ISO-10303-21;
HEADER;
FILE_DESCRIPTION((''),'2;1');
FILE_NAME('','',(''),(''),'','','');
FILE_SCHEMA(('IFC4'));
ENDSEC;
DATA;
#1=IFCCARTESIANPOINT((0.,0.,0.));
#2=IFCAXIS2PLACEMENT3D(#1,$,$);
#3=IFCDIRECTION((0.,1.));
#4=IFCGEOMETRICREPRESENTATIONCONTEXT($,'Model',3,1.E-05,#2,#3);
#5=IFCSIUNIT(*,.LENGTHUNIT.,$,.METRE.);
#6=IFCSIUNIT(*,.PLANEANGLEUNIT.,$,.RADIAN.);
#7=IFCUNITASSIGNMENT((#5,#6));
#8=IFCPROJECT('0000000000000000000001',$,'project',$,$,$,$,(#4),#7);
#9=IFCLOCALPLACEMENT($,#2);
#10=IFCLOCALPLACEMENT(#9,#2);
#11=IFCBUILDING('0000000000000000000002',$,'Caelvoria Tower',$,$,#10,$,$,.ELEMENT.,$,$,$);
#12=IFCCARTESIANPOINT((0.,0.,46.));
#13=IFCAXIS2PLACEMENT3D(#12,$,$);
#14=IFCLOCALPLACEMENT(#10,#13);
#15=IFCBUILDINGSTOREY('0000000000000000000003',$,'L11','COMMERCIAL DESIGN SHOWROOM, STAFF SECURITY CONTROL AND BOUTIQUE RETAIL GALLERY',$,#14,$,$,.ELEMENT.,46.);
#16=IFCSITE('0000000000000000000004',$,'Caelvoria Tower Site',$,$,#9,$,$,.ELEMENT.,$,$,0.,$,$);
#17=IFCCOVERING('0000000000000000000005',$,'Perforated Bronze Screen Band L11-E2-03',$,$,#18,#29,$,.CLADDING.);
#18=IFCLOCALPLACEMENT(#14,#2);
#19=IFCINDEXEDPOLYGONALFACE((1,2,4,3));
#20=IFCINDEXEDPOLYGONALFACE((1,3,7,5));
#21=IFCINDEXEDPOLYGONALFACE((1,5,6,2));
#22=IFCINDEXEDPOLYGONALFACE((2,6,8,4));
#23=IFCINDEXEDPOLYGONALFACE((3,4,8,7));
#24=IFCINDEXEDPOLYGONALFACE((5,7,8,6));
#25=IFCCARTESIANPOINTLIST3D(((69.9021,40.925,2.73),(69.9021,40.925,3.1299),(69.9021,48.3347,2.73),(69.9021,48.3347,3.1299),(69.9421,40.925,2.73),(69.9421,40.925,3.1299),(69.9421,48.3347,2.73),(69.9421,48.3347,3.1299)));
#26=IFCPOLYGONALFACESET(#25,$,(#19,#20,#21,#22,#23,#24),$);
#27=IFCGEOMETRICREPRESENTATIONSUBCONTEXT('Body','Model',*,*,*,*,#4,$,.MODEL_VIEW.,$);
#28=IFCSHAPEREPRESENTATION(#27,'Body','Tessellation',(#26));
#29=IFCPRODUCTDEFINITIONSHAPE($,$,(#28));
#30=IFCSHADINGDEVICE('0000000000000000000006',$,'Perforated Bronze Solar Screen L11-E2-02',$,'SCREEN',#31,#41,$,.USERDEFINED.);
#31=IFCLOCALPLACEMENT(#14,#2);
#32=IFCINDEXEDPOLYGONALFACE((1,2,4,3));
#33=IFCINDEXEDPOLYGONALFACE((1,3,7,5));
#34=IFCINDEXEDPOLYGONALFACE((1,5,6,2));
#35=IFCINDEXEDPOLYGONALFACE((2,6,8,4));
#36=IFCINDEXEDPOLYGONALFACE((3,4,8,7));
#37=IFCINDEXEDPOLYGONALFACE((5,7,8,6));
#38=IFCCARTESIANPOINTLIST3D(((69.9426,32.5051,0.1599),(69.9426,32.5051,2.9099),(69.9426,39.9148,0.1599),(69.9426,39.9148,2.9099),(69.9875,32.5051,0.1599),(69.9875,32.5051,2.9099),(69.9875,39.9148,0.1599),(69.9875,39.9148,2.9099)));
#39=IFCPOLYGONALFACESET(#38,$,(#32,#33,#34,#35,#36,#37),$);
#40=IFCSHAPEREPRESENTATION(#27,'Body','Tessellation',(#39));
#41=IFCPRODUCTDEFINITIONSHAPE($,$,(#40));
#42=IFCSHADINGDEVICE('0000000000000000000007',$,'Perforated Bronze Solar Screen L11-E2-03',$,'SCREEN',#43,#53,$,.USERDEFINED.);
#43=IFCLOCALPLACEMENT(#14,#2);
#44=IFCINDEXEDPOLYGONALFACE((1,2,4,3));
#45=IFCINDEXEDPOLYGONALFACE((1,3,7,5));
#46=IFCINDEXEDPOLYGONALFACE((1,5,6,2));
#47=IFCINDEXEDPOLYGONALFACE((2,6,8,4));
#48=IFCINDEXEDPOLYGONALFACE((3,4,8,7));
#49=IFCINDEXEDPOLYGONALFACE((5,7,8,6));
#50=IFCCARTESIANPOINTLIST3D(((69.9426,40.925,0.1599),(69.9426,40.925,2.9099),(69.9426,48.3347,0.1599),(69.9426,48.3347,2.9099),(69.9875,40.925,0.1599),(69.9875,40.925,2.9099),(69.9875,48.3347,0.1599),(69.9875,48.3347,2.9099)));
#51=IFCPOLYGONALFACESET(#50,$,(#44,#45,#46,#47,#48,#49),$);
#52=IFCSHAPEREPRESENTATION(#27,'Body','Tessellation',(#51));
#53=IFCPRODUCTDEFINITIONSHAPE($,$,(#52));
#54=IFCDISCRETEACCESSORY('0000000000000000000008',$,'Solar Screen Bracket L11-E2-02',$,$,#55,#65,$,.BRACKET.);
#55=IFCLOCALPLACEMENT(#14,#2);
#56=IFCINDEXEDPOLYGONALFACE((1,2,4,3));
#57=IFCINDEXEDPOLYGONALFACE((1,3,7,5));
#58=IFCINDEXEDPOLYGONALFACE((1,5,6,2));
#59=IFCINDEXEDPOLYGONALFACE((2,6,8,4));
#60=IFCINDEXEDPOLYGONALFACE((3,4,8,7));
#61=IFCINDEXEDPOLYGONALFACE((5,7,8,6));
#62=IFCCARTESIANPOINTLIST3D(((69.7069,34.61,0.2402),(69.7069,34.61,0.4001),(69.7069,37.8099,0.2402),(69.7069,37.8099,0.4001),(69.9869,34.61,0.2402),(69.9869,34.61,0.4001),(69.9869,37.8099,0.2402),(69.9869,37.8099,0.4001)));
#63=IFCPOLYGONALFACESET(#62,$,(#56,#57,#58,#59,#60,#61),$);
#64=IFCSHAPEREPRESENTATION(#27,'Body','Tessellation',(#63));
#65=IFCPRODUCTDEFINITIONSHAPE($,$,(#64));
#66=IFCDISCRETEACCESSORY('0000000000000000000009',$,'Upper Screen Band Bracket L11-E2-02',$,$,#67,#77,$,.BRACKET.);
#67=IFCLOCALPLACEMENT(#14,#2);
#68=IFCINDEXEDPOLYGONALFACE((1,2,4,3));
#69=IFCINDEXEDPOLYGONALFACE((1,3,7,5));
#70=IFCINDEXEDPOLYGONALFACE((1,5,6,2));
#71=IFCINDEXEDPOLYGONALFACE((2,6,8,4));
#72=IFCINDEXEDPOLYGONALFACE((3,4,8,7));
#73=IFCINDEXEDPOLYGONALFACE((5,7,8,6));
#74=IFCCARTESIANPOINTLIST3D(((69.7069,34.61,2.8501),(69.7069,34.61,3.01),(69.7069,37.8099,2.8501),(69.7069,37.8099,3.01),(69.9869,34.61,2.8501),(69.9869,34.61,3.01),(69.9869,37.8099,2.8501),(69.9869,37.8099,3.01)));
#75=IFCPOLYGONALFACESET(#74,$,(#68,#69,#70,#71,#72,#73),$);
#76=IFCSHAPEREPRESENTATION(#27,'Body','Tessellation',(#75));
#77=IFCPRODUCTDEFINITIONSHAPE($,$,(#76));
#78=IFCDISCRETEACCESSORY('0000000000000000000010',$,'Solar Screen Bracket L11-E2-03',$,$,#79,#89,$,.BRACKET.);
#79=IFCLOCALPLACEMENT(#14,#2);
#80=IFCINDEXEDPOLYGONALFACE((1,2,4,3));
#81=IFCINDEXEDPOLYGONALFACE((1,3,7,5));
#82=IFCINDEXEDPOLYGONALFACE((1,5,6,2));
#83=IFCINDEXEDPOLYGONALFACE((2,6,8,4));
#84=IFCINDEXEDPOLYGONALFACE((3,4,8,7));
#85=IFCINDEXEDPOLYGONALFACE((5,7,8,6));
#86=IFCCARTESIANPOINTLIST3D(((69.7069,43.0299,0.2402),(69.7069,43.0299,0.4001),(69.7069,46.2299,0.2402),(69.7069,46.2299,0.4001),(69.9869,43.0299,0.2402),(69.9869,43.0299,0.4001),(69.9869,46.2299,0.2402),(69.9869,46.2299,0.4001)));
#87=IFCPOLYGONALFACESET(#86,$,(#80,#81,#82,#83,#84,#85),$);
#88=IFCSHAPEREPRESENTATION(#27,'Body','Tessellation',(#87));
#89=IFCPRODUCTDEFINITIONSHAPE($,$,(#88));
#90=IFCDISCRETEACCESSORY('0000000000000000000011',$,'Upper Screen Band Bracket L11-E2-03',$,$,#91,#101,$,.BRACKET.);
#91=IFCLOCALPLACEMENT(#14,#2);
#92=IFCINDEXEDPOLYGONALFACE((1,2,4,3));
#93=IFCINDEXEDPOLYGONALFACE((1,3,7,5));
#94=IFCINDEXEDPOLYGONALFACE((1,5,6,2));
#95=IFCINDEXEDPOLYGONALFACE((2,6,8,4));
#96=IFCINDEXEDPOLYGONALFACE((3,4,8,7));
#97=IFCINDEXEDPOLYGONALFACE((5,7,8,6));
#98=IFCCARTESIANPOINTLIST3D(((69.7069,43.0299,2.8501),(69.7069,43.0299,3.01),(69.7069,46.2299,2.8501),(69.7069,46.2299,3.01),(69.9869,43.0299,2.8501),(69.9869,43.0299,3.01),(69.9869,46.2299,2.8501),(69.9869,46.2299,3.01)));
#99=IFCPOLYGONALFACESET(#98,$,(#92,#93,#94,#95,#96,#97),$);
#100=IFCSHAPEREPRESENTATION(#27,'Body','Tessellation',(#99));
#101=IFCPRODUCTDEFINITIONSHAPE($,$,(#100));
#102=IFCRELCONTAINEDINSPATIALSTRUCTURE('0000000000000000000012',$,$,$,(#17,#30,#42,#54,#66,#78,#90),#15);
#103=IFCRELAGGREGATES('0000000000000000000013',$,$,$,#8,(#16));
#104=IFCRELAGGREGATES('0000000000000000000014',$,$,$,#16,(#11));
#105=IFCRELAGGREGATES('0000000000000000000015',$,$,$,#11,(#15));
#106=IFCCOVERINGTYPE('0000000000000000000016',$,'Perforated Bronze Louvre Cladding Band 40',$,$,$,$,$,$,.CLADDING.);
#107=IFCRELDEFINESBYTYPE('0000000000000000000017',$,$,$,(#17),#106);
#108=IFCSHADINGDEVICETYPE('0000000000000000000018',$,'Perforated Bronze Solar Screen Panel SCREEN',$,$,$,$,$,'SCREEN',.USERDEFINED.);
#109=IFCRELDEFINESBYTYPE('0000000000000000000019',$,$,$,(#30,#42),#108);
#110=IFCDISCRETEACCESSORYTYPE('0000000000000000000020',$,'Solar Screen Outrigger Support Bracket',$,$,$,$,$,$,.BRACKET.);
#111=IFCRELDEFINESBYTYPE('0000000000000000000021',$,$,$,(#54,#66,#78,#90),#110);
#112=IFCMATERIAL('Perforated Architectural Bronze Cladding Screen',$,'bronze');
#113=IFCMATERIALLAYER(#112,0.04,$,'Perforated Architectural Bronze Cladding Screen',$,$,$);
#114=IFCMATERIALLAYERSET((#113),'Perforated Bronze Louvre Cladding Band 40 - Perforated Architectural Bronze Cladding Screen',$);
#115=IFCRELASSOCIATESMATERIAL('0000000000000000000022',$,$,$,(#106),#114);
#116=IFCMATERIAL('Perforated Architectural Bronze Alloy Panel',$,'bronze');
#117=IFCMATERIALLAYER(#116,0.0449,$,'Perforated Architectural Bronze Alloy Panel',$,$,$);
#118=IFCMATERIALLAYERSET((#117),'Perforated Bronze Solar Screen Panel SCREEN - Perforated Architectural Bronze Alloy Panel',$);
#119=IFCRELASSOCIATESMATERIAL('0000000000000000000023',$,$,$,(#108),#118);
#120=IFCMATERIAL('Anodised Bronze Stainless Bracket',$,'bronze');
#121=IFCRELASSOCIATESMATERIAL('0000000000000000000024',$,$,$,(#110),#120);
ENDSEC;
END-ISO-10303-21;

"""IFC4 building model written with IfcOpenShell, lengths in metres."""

from ifc_helpers import new_model, si_unit, direction, frame, origin, origin_2d, place, context, subcontext, project, spatial, rectangle, extrude, material, layer, layer_set, type_object, element, save


model = new_model("IFC4")

# Units and contexts
model_context = context("Model", 3, precision=1e-05, world=origin(), true_north=direction((0.0, 1.0)))
body_context = subcontext(model_context, "Body", "Model", "MODEL_VIEW")
ifc_project = project(units=[si_unit("LENGTHUNIT", "METRE"), si_unit("PLANEANGLEUNIT", "RADIAN")], contexts=[model_context])

# Site, building, storey
site_placement = place(None, origin())
site = spatial("IfcSite", under=ifc_project, at=site_placement, Name="Caelvoria Tower Site", CompositionType="ELEMENT", RefElevation=0.0)
building_placement = place(site_placement, origin())
building = spatial("IfcBuilding", under=site, at=building_placement, Name="Caelvoria Tower", CompositionType="ELEMENT")
storey_placement = place(building_placement, frame((0.0, 0.0, 46.0)))
storey = spatial("IfcBuildingStorey", under=building, at=storey_placement, Name="L11", Description="COMMERCIAL DESIGN SHOWROOM, STAFF SECURITY CONTROL AND BOUTIQUE RETAIL GALLERY", CompositionType="ELEMENT", Elevation=46.0)

# Covering
ifc_material_1 = material(Name="Perforated Architectural Bronze Cladding Screen", Category="bronze")
ifc_layer_1 = layer(ifc_material_1, 0.04, Name="Perforated Architectural Bronze Cladding Screen")
ifc_layer_set_1 = layer_set([ifc_layer_1], Name="Perforated Bronze Louvre Cladding Band 40 - Perforated Architectural Bronze Cladding Screen")
covering_type = type_object("IfcCoveringType", Name="Perforated Bronze Louvre Cladding Band 40", PredefinedType="CLADDING", material=ifc_layer_set_1)
for number, where, z_axis, x_axis, name in (
    (1, (69.9221, 44.6299, 2.73), (0.0, 0.0, 1.0), (0.0, 1.0, 0.0), "Perforated Bronze Screen Band L11-E2-03"),
):
    element("IfcCovering", number, at=place(storey_placement, frame(where, z_axis=z_axis, x_axis=x_axis)), inside=storey, type_object=covering_type, Name=name, PredefinedType="CLADDING", context=body_context, shape_type="SweptSolid", body=[
        extrude(rectangle(XDim=7.4097, YDim=0.04, at=origin_2d()), origin(), (0.0, 0.0, 1.0), 0.3999),
    ])

# Shading devices
ifc_material_2 = material(Name="Perforated Architectural Bronze Alloy Panel", Category="bronze")
ifc_layer_2 = layer(ifc_material_2, 0.0449, Name="Perforated Architectural Bronze Alloy Panel")
ifc_layer_set_2 = layer_set([ifc_layer_2], Name="Perforated Bronze Solar Screen Panel SCREEN - Perforated Architectural Bronze Alloy Panel")
shading_device_type = type_object("IfcShadingDeviceType", Name="Perforated Bronze Solar Screen Panel SCREEN", ElementType="SCREEN", PredefinedType="USERDEFINED", material=ifc_layer_set_2)
for number, where, z_axis, x_axis, name in (
    (2, (69.9651, 36.21, 0.1599), (0.0, 0.0, 1.0), (0.0, 1.0, 0.0), "Perforated Bronze Solar Screen L11-E2-02"),
    (3, (69.9651, 44.6299, 0.1599), (0.0, 0.0, 1.0), (0.0, 1.0, 0.0), "Perforated Bronze Solar Screen L11-E2-03"),
):
    element("IfcShadingDevice", number, at=place(storey_placement, frame(where, z_axis=z_axis, x_axis=x_axis)), inside=storey, type_object=shading_device_type, Name=name, ObjectType="SCREEN", PredefinedType="USERDEFINED", context=body_context, shape_type="SweptSolid", body=[
        extrude(rectangle(XDim=7.4097, YDim=0.0449, at=origin_2d()), origin(), (0.0, 0.0, 1.0), 2.75),
    ])

# Discrete accessories
ifc_material_3 = material(Name="Anodised Bronze Stainless Bracket", Category="bronze")
discrete_accessory_type = type_object("IfcDiscreteAccessoryType", Name="Solar Screen Outrigger Support Bracket", PredefinedType="BRACKET", material=ifc_material_3)
for number, where, z_axis, x_axis, name in (
    (4, (69.8469, 36.21, 0.2402), (0.0, 0.0, 1.0), (0.0, 1.0, 0.0), "Solar Screen Bracket L11-E2-02"),
    (5, (69.8469, 36.21, 2.8501), (0.0, 0.0, 1.0), (0.0, 1.0, 0.0), "Upper Screen Band Bracket L11-E2-02"),
    (6, (69.8469, 44.6299, 0.2402), (0.0, 0.0, 1.0), (0.0, 1.0, 0.0), "Solar Screen Bracket L11-E2-03"),
    (7, (69.8469, 44.6299, 2.8501), (0.0, 0.0, 1.0), (0.0, 1.0, 0.0), "Upper Screen Band Bracket L11-E2-03"),
):
    element("IfcDiscreteAccessory", number, at=place(storey_placement, frame(where, z_axis=z_axis, x_axis=x_axis)), inside=storey, type_object=discrete_accessory_type, Name=name, PredefinedType="BRACKET", context=body_context, shape_type="SweptSolid", body=[
        extrude(rectangle(XDim=3.2, YDim=0.28, at=origin_2d()), origin(), (0.0, 0.0, 1.0), 0.1599),
    ])

save(model, "model.ifc")
